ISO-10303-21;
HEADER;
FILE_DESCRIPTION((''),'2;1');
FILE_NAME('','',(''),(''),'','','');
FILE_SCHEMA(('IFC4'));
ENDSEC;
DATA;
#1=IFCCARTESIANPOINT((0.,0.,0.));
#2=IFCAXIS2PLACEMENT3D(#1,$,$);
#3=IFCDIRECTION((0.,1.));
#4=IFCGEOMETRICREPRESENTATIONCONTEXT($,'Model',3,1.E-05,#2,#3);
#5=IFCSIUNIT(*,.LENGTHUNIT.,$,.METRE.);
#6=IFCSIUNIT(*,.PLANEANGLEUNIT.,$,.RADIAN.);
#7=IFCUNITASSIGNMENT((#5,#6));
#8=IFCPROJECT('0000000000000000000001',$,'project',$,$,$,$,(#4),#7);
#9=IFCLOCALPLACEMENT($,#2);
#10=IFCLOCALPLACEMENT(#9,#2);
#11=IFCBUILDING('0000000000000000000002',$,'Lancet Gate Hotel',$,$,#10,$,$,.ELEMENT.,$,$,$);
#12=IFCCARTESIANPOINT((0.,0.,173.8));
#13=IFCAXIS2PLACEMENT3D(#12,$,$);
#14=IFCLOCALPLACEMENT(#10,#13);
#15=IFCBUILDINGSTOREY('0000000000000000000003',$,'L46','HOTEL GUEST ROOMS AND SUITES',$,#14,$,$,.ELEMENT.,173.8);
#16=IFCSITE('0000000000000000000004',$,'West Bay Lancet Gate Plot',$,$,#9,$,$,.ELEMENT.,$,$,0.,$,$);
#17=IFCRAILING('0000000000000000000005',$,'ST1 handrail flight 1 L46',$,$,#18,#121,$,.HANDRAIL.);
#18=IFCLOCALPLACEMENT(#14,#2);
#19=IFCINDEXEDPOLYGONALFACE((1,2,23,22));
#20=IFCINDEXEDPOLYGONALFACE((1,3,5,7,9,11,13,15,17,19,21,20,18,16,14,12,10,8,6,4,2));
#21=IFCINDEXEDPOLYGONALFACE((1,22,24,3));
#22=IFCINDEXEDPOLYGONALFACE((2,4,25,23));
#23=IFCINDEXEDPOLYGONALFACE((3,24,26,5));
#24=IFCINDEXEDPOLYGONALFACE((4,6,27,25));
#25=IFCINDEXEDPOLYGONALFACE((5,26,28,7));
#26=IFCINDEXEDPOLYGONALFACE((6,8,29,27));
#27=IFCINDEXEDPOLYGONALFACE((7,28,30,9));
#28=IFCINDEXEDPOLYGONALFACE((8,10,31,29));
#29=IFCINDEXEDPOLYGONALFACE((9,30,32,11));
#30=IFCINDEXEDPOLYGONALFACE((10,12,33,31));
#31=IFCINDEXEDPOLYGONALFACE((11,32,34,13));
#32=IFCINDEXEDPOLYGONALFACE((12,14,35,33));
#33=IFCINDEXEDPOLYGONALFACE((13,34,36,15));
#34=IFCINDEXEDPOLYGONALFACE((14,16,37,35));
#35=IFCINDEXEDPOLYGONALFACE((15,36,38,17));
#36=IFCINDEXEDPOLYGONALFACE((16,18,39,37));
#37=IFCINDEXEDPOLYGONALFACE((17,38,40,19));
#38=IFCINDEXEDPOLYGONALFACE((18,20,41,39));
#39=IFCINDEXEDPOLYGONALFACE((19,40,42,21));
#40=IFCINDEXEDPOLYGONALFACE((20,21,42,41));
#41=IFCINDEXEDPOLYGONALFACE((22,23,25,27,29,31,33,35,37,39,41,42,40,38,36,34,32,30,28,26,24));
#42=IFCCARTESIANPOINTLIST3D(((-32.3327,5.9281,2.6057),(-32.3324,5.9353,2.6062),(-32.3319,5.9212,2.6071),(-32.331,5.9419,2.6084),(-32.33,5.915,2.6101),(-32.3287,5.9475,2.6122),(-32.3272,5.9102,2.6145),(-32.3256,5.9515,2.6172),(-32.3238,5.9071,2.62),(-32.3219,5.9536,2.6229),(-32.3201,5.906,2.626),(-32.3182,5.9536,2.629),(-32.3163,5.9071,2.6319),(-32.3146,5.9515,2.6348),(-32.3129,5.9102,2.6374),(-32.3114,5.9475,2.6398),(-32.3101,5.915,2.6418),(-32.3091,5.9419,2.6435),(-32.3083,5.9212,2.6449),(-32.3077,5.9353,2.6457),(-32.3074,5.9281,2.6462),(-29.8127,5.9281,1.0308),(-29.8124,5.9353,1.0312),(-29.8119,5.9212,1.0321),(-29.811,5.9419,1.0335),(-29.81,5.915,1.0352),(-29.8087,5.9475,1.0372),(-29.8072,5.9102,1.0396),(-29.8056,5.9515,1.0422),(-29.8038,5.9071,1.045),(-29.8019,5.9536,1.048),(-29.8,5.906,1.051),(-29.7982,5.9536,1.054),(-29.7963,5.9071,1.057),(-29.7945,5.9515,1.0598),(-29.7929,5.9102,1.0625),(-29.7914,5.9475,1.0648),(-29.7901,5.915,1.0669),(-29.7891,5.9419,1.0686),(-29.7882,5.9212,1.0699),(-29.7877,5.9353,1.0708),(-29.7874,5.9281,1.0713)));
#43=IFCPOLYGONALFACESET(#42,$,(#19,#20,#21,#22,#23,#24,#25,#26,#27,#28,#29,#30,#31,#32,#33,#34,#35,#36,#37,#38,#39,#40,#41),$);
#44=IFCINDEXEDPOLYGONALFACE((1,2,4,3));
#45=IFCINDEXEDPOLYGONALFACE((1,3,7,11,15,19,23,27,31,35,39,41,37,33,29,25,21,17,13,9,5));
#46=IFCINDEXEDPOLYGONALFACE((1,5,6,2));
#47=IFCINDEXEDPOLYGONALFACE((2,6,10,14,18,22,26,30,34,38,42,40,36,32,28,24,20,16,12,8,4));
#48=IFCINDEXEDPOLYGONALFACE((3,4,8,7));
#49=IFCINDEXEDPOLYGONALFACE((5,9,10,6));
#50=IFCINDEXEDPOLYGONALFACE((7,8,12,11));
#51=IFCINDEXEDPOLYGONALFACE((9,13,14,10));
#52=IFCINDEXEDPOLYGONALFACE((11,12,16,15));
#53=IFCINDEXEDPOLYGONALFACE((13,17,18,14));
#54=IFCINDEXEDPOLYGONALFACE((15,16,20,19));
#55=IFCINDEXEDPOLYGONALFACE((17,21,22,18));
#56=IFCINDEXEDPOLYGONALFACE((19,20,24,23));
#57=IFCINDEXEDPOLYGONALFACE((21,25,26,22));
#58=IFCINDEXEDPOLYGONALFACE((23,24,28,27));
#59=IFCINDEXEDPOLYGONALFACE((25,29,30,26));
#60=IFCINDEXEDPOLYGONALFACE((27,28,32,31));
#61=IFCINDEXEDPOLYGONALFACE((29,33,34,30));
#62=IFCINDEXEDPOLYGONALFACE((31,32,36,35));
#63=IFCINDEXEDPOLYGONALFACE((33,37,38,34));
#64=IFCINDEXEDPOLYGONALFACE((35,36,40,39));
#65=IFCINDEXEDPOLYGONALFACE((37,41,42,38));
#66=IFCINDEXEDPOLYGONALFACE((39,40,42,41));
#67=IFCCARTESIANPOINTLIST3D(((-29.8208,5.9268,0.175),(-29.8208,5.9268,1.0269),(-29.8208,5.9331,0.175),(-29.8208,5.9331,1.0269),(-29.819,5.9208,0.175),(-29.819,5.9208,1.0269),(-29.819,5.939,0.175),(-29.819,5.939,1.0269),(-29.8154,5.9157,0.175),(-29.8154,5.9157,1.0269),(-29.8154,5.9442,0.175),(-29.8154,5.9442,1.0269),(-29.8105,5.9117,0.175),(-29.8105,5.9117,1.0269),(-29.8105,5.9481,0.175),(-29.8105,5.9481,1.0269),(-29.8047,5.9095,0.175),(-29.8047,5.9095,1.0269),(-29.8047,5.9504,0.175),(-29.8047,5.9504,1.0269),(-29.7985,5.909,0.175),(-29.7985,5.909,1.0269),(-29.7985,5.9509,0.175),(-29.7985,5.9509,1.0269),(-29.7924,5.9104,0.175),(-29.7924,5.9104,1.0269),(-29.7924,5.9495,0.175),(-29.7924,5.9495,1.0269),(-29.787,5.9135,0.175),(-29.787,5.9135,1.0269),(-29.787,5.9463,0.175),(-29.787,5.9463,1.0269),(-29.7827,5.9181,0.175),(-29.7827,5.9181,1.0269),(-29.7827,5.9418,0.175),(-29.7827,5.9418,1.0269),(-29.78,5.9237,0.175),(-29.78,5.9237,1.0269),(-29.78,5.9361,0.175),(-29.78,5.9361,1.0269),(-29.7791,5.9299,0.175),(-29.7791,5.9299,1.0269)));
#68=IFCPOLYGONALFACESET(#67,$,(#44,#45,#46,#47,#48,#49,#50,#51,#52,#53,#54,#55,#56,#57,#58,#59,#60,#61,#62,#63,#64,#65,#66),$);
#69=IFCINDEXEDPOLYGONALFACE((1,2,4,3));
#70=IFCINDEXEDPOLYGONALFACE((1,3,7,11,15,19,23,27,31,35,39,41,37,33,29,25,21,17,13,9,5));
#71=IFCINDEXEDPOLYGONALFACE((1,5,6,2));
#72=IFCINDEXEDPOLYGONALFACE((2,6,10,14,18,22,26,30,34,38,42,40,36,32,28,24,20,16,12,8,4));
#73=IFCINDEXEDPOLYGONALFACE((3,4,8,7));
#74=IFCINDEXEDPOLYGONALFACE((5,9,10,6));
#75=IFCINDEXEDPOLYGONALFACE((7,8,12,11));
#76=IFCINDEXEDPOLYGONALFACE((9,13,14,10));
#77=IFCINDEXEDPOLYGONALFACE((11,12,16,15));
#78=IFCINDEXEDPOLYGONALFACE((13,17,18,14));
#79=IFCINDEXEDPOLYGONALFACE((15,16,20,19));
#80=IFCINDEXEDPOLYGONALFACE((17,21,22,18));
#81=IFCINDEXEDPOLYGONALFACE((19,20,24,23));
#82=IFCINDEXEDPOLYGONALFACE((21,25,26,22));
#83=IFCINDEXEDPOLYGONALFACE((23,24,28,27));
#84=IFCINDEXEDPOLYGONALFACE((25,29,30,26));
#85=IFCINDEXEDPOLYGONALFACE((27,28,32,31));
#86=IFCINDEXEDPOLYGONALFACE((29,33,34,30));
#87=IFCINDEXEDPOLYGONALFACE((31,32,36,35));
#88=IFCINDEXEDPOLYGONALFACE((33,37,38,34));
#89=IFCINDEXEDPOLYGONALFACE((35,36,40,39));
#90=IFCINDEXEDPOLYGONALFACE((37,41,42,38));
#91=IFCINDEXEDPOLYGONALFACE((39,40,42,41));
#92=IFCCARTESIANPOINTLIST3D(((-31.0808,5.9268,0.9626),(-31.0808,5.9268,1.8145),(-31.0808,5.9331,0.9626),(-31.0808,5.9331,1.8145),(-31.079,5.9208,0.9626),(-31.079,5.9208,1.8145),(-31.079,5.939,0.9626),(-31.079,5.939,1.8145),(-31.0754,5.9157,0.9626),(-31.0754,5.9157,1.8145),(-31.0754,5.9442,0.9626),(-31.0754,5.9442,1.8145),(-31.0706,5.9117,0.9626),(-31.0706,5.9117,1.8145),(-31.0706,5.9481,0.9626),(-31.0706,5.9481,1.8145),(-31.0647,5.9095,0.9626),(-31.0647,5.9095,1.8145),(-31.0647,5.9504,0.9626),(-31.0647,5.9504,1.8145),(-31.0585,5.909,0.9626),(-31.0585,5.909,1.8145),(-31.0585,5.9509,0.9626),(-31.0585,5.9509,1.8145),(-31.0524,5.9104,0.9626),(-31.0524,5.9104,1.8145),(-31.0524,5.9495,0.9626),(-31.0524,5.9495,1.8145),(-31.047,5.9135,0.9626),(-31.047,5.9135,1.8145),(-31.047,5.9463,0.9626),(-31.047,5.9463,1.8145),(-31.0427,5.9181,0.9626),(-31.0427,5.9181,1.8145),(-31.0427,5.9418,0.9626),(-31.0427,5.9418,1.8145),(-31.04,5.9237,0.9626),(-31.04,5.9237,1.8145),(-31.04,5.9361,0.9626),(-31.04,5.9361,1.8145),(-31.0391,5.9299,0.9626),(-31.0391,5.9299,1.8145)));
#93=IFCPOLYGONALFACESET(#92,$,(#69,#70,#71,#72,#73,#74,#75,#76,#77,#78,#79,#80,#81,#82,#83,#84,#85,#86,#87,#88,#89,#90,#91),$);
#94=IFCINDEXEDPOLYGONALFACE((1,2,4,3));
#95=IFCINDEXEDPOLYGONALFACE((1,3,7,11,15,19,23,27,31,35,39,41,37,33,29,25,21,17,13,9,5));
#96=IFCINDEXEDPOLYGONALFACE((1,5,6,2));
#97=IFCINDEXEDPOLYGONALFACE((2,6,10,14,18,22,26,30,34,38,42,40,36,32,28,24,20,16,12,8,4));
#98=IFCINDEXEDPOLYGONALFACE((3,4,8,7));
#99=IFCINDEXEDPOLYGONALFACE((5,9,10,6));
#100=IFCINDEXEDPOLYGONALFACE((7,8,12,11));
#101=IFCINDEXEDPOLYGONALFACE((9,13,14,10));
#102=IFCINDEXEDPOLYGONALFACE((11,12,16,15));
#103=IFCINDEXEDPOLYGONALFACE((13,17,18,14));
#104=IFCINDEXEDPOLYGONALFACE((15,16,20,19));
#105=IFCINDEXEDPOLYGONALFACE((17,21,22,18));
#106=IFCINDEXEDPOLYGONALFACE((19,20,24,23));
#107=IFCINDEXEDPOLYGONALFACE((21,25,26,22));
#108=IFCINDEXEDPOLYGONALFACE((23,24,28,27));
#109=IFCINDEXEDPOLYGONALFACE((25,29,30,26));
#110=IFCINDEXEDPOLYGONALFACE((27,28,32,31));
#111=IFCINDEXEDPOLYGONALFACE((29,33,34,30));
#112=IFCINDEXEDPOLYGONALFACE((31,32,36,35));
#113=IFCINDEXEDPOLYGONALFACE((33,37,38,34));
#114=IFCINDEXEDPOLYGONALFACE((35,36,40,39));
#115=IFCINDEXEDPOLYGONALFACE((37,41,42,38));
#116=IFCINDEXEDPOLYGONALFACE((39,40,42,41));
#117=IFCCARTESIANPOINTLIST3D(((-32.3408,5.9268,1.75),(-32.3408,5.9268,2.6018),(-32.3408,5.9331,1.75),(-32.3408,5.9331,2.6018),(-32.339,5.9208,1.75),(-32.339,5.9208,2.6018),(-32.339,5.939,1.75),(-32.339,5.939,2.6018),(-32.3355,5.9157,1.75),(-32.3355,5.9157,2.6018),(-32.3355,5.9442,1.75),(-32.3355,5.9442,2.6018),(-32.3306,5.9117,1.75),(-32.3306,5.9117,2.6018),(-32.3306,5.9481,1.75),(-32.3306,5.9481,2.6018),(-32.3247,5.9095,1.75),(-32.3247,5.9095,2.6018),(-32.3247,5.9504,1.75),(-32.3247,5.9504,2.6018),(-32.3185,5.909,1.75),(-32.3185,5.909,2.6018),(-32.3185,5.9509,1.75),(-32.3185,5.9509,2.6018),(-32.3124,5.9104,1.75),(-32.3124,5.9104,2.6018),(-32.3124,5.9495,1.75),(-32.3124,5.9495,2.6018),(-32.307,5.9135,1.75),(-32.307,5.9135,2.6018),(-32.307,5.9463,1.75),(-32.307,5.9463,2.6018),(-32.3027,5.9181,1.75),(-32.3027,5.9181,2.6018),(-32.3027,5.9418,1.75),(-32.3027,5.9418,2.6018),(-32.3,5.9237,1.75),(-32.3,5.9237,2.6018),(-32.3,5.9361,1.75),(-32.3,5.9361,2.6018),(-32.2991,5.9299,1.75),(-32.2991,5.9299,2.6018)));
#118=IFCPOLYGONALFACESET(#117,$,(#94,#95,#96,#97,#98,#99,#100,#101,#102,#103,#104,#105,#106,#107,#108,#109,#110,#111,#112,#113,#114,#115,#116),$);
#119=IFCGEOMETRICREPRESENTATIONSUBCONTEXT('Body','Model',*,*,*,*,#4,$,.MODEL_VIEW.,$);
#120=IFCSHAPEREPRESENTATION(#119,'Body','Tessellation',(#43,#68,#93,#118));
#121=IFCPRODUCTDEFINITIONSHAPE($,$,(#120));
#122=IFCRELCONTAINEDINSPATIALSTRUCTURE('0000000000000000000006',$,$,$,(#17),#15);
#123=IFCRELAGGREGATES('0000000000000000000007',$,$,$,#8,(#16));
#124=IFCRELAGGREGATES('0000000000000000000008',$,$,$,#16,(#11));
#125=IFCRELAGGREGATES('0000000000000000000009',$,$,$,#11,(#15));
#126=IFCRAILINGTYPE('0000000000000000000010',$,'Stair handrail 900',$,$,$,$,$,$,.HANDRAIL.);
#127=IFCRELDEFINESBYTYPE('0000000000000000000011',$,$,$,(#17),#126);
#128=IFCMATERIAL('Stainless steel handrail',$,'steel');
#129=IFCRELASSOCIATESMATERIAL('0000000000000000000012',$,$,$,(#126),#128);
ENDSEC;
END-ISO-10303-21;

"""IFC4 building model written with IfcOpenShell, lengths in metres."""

from ifc_helpers import new_model, si_unit, direction, frame, origin, origin_2d, place, context, subcontext, project, spatial, circle, extrude, material, type_object, element, save


model = new_model("IFC4")

# Units and contexts
model_context = context("Model", 3, precision=1e-05, world=origin(), true_north=direction((0.0, 1.0)))
body_context = subcontext(model_context, "Body", "Model", "MODEL_VIEW")
ifc_project = project(units=[si_unit("LENGTHUNIT", "METRE"), si_unit("PLANEANGLEUNIT", "RADIAN")], contexts=[model_context])

# Site, building, storey
site_placement = place(None, origin())
site = spatial("IfcSite", under=ifc_project, at=site_placement, Name="West Bay Lancet Gate Plot", CompositionType="ELEMENT", RefElevation=0.0)
building_placement = place(site_placement, origin())
building = spatial("IfcBuilding", under=site, at=building_placement, Name="Lancet Gate Hotel", CompositionType="ELEMENT")
storey_placement = place(building_placement, frame((0.0, 0.0, 173.8)))
storey = spatial("IfcBuildingStorey", under=building, at=storey_placement, Name="L46", Description="HOTEL GUEST ROOMS AND SUITES", CompositionType="ELEMENT", Elevation=173.8)

# Railing
ifc_material_1 = material(Name="Stainless steel handrail", Category="steel")
railing_type = type_object("IfcRailingType", Name="Stair handrail 900", PredefinedType="HANDRAIL", material=ifc_material_1)
railing_1_placement = place(storey_placement, frame((-29.8, 5.9299, 0.175)))
element("IfcRailing", 1, at=railing_1_placement, inside=storey, type_object=railing_type, Name="ST1 handrail flight 1 L46", PredefinedType="HANDRAIL", context=body_context, shape_type="SweptSolid", body=[
    extrude(circle(Radius=0.0239, at=origin_2d()), frame((0.0, 0.0, 0.876), z_axis=(-0.848008, 0.0, 0.529984), x_axis=(0.0, -1.0, 0.0)), (0.0, 0.0, 1.0), 2.9717),
    extrude(circle(Radius=0.021, at=origin_2d()), origin(), (0.0, 0.0, 1.0), 0.8518),
    extrude(circle(Radius=0.021, at=origin_2d()), frame((-1.26, 0.0, 0.7876)), (0.0, 0.0, 1.0), 0.8518),
    extrude(circle(Radius=0.021, at=origin_2d()), frame((-2.52, 0.0, 1.575)), (0.0, 0.0, 1.0), 0.8518),
])

save(model, "model.ifc")
